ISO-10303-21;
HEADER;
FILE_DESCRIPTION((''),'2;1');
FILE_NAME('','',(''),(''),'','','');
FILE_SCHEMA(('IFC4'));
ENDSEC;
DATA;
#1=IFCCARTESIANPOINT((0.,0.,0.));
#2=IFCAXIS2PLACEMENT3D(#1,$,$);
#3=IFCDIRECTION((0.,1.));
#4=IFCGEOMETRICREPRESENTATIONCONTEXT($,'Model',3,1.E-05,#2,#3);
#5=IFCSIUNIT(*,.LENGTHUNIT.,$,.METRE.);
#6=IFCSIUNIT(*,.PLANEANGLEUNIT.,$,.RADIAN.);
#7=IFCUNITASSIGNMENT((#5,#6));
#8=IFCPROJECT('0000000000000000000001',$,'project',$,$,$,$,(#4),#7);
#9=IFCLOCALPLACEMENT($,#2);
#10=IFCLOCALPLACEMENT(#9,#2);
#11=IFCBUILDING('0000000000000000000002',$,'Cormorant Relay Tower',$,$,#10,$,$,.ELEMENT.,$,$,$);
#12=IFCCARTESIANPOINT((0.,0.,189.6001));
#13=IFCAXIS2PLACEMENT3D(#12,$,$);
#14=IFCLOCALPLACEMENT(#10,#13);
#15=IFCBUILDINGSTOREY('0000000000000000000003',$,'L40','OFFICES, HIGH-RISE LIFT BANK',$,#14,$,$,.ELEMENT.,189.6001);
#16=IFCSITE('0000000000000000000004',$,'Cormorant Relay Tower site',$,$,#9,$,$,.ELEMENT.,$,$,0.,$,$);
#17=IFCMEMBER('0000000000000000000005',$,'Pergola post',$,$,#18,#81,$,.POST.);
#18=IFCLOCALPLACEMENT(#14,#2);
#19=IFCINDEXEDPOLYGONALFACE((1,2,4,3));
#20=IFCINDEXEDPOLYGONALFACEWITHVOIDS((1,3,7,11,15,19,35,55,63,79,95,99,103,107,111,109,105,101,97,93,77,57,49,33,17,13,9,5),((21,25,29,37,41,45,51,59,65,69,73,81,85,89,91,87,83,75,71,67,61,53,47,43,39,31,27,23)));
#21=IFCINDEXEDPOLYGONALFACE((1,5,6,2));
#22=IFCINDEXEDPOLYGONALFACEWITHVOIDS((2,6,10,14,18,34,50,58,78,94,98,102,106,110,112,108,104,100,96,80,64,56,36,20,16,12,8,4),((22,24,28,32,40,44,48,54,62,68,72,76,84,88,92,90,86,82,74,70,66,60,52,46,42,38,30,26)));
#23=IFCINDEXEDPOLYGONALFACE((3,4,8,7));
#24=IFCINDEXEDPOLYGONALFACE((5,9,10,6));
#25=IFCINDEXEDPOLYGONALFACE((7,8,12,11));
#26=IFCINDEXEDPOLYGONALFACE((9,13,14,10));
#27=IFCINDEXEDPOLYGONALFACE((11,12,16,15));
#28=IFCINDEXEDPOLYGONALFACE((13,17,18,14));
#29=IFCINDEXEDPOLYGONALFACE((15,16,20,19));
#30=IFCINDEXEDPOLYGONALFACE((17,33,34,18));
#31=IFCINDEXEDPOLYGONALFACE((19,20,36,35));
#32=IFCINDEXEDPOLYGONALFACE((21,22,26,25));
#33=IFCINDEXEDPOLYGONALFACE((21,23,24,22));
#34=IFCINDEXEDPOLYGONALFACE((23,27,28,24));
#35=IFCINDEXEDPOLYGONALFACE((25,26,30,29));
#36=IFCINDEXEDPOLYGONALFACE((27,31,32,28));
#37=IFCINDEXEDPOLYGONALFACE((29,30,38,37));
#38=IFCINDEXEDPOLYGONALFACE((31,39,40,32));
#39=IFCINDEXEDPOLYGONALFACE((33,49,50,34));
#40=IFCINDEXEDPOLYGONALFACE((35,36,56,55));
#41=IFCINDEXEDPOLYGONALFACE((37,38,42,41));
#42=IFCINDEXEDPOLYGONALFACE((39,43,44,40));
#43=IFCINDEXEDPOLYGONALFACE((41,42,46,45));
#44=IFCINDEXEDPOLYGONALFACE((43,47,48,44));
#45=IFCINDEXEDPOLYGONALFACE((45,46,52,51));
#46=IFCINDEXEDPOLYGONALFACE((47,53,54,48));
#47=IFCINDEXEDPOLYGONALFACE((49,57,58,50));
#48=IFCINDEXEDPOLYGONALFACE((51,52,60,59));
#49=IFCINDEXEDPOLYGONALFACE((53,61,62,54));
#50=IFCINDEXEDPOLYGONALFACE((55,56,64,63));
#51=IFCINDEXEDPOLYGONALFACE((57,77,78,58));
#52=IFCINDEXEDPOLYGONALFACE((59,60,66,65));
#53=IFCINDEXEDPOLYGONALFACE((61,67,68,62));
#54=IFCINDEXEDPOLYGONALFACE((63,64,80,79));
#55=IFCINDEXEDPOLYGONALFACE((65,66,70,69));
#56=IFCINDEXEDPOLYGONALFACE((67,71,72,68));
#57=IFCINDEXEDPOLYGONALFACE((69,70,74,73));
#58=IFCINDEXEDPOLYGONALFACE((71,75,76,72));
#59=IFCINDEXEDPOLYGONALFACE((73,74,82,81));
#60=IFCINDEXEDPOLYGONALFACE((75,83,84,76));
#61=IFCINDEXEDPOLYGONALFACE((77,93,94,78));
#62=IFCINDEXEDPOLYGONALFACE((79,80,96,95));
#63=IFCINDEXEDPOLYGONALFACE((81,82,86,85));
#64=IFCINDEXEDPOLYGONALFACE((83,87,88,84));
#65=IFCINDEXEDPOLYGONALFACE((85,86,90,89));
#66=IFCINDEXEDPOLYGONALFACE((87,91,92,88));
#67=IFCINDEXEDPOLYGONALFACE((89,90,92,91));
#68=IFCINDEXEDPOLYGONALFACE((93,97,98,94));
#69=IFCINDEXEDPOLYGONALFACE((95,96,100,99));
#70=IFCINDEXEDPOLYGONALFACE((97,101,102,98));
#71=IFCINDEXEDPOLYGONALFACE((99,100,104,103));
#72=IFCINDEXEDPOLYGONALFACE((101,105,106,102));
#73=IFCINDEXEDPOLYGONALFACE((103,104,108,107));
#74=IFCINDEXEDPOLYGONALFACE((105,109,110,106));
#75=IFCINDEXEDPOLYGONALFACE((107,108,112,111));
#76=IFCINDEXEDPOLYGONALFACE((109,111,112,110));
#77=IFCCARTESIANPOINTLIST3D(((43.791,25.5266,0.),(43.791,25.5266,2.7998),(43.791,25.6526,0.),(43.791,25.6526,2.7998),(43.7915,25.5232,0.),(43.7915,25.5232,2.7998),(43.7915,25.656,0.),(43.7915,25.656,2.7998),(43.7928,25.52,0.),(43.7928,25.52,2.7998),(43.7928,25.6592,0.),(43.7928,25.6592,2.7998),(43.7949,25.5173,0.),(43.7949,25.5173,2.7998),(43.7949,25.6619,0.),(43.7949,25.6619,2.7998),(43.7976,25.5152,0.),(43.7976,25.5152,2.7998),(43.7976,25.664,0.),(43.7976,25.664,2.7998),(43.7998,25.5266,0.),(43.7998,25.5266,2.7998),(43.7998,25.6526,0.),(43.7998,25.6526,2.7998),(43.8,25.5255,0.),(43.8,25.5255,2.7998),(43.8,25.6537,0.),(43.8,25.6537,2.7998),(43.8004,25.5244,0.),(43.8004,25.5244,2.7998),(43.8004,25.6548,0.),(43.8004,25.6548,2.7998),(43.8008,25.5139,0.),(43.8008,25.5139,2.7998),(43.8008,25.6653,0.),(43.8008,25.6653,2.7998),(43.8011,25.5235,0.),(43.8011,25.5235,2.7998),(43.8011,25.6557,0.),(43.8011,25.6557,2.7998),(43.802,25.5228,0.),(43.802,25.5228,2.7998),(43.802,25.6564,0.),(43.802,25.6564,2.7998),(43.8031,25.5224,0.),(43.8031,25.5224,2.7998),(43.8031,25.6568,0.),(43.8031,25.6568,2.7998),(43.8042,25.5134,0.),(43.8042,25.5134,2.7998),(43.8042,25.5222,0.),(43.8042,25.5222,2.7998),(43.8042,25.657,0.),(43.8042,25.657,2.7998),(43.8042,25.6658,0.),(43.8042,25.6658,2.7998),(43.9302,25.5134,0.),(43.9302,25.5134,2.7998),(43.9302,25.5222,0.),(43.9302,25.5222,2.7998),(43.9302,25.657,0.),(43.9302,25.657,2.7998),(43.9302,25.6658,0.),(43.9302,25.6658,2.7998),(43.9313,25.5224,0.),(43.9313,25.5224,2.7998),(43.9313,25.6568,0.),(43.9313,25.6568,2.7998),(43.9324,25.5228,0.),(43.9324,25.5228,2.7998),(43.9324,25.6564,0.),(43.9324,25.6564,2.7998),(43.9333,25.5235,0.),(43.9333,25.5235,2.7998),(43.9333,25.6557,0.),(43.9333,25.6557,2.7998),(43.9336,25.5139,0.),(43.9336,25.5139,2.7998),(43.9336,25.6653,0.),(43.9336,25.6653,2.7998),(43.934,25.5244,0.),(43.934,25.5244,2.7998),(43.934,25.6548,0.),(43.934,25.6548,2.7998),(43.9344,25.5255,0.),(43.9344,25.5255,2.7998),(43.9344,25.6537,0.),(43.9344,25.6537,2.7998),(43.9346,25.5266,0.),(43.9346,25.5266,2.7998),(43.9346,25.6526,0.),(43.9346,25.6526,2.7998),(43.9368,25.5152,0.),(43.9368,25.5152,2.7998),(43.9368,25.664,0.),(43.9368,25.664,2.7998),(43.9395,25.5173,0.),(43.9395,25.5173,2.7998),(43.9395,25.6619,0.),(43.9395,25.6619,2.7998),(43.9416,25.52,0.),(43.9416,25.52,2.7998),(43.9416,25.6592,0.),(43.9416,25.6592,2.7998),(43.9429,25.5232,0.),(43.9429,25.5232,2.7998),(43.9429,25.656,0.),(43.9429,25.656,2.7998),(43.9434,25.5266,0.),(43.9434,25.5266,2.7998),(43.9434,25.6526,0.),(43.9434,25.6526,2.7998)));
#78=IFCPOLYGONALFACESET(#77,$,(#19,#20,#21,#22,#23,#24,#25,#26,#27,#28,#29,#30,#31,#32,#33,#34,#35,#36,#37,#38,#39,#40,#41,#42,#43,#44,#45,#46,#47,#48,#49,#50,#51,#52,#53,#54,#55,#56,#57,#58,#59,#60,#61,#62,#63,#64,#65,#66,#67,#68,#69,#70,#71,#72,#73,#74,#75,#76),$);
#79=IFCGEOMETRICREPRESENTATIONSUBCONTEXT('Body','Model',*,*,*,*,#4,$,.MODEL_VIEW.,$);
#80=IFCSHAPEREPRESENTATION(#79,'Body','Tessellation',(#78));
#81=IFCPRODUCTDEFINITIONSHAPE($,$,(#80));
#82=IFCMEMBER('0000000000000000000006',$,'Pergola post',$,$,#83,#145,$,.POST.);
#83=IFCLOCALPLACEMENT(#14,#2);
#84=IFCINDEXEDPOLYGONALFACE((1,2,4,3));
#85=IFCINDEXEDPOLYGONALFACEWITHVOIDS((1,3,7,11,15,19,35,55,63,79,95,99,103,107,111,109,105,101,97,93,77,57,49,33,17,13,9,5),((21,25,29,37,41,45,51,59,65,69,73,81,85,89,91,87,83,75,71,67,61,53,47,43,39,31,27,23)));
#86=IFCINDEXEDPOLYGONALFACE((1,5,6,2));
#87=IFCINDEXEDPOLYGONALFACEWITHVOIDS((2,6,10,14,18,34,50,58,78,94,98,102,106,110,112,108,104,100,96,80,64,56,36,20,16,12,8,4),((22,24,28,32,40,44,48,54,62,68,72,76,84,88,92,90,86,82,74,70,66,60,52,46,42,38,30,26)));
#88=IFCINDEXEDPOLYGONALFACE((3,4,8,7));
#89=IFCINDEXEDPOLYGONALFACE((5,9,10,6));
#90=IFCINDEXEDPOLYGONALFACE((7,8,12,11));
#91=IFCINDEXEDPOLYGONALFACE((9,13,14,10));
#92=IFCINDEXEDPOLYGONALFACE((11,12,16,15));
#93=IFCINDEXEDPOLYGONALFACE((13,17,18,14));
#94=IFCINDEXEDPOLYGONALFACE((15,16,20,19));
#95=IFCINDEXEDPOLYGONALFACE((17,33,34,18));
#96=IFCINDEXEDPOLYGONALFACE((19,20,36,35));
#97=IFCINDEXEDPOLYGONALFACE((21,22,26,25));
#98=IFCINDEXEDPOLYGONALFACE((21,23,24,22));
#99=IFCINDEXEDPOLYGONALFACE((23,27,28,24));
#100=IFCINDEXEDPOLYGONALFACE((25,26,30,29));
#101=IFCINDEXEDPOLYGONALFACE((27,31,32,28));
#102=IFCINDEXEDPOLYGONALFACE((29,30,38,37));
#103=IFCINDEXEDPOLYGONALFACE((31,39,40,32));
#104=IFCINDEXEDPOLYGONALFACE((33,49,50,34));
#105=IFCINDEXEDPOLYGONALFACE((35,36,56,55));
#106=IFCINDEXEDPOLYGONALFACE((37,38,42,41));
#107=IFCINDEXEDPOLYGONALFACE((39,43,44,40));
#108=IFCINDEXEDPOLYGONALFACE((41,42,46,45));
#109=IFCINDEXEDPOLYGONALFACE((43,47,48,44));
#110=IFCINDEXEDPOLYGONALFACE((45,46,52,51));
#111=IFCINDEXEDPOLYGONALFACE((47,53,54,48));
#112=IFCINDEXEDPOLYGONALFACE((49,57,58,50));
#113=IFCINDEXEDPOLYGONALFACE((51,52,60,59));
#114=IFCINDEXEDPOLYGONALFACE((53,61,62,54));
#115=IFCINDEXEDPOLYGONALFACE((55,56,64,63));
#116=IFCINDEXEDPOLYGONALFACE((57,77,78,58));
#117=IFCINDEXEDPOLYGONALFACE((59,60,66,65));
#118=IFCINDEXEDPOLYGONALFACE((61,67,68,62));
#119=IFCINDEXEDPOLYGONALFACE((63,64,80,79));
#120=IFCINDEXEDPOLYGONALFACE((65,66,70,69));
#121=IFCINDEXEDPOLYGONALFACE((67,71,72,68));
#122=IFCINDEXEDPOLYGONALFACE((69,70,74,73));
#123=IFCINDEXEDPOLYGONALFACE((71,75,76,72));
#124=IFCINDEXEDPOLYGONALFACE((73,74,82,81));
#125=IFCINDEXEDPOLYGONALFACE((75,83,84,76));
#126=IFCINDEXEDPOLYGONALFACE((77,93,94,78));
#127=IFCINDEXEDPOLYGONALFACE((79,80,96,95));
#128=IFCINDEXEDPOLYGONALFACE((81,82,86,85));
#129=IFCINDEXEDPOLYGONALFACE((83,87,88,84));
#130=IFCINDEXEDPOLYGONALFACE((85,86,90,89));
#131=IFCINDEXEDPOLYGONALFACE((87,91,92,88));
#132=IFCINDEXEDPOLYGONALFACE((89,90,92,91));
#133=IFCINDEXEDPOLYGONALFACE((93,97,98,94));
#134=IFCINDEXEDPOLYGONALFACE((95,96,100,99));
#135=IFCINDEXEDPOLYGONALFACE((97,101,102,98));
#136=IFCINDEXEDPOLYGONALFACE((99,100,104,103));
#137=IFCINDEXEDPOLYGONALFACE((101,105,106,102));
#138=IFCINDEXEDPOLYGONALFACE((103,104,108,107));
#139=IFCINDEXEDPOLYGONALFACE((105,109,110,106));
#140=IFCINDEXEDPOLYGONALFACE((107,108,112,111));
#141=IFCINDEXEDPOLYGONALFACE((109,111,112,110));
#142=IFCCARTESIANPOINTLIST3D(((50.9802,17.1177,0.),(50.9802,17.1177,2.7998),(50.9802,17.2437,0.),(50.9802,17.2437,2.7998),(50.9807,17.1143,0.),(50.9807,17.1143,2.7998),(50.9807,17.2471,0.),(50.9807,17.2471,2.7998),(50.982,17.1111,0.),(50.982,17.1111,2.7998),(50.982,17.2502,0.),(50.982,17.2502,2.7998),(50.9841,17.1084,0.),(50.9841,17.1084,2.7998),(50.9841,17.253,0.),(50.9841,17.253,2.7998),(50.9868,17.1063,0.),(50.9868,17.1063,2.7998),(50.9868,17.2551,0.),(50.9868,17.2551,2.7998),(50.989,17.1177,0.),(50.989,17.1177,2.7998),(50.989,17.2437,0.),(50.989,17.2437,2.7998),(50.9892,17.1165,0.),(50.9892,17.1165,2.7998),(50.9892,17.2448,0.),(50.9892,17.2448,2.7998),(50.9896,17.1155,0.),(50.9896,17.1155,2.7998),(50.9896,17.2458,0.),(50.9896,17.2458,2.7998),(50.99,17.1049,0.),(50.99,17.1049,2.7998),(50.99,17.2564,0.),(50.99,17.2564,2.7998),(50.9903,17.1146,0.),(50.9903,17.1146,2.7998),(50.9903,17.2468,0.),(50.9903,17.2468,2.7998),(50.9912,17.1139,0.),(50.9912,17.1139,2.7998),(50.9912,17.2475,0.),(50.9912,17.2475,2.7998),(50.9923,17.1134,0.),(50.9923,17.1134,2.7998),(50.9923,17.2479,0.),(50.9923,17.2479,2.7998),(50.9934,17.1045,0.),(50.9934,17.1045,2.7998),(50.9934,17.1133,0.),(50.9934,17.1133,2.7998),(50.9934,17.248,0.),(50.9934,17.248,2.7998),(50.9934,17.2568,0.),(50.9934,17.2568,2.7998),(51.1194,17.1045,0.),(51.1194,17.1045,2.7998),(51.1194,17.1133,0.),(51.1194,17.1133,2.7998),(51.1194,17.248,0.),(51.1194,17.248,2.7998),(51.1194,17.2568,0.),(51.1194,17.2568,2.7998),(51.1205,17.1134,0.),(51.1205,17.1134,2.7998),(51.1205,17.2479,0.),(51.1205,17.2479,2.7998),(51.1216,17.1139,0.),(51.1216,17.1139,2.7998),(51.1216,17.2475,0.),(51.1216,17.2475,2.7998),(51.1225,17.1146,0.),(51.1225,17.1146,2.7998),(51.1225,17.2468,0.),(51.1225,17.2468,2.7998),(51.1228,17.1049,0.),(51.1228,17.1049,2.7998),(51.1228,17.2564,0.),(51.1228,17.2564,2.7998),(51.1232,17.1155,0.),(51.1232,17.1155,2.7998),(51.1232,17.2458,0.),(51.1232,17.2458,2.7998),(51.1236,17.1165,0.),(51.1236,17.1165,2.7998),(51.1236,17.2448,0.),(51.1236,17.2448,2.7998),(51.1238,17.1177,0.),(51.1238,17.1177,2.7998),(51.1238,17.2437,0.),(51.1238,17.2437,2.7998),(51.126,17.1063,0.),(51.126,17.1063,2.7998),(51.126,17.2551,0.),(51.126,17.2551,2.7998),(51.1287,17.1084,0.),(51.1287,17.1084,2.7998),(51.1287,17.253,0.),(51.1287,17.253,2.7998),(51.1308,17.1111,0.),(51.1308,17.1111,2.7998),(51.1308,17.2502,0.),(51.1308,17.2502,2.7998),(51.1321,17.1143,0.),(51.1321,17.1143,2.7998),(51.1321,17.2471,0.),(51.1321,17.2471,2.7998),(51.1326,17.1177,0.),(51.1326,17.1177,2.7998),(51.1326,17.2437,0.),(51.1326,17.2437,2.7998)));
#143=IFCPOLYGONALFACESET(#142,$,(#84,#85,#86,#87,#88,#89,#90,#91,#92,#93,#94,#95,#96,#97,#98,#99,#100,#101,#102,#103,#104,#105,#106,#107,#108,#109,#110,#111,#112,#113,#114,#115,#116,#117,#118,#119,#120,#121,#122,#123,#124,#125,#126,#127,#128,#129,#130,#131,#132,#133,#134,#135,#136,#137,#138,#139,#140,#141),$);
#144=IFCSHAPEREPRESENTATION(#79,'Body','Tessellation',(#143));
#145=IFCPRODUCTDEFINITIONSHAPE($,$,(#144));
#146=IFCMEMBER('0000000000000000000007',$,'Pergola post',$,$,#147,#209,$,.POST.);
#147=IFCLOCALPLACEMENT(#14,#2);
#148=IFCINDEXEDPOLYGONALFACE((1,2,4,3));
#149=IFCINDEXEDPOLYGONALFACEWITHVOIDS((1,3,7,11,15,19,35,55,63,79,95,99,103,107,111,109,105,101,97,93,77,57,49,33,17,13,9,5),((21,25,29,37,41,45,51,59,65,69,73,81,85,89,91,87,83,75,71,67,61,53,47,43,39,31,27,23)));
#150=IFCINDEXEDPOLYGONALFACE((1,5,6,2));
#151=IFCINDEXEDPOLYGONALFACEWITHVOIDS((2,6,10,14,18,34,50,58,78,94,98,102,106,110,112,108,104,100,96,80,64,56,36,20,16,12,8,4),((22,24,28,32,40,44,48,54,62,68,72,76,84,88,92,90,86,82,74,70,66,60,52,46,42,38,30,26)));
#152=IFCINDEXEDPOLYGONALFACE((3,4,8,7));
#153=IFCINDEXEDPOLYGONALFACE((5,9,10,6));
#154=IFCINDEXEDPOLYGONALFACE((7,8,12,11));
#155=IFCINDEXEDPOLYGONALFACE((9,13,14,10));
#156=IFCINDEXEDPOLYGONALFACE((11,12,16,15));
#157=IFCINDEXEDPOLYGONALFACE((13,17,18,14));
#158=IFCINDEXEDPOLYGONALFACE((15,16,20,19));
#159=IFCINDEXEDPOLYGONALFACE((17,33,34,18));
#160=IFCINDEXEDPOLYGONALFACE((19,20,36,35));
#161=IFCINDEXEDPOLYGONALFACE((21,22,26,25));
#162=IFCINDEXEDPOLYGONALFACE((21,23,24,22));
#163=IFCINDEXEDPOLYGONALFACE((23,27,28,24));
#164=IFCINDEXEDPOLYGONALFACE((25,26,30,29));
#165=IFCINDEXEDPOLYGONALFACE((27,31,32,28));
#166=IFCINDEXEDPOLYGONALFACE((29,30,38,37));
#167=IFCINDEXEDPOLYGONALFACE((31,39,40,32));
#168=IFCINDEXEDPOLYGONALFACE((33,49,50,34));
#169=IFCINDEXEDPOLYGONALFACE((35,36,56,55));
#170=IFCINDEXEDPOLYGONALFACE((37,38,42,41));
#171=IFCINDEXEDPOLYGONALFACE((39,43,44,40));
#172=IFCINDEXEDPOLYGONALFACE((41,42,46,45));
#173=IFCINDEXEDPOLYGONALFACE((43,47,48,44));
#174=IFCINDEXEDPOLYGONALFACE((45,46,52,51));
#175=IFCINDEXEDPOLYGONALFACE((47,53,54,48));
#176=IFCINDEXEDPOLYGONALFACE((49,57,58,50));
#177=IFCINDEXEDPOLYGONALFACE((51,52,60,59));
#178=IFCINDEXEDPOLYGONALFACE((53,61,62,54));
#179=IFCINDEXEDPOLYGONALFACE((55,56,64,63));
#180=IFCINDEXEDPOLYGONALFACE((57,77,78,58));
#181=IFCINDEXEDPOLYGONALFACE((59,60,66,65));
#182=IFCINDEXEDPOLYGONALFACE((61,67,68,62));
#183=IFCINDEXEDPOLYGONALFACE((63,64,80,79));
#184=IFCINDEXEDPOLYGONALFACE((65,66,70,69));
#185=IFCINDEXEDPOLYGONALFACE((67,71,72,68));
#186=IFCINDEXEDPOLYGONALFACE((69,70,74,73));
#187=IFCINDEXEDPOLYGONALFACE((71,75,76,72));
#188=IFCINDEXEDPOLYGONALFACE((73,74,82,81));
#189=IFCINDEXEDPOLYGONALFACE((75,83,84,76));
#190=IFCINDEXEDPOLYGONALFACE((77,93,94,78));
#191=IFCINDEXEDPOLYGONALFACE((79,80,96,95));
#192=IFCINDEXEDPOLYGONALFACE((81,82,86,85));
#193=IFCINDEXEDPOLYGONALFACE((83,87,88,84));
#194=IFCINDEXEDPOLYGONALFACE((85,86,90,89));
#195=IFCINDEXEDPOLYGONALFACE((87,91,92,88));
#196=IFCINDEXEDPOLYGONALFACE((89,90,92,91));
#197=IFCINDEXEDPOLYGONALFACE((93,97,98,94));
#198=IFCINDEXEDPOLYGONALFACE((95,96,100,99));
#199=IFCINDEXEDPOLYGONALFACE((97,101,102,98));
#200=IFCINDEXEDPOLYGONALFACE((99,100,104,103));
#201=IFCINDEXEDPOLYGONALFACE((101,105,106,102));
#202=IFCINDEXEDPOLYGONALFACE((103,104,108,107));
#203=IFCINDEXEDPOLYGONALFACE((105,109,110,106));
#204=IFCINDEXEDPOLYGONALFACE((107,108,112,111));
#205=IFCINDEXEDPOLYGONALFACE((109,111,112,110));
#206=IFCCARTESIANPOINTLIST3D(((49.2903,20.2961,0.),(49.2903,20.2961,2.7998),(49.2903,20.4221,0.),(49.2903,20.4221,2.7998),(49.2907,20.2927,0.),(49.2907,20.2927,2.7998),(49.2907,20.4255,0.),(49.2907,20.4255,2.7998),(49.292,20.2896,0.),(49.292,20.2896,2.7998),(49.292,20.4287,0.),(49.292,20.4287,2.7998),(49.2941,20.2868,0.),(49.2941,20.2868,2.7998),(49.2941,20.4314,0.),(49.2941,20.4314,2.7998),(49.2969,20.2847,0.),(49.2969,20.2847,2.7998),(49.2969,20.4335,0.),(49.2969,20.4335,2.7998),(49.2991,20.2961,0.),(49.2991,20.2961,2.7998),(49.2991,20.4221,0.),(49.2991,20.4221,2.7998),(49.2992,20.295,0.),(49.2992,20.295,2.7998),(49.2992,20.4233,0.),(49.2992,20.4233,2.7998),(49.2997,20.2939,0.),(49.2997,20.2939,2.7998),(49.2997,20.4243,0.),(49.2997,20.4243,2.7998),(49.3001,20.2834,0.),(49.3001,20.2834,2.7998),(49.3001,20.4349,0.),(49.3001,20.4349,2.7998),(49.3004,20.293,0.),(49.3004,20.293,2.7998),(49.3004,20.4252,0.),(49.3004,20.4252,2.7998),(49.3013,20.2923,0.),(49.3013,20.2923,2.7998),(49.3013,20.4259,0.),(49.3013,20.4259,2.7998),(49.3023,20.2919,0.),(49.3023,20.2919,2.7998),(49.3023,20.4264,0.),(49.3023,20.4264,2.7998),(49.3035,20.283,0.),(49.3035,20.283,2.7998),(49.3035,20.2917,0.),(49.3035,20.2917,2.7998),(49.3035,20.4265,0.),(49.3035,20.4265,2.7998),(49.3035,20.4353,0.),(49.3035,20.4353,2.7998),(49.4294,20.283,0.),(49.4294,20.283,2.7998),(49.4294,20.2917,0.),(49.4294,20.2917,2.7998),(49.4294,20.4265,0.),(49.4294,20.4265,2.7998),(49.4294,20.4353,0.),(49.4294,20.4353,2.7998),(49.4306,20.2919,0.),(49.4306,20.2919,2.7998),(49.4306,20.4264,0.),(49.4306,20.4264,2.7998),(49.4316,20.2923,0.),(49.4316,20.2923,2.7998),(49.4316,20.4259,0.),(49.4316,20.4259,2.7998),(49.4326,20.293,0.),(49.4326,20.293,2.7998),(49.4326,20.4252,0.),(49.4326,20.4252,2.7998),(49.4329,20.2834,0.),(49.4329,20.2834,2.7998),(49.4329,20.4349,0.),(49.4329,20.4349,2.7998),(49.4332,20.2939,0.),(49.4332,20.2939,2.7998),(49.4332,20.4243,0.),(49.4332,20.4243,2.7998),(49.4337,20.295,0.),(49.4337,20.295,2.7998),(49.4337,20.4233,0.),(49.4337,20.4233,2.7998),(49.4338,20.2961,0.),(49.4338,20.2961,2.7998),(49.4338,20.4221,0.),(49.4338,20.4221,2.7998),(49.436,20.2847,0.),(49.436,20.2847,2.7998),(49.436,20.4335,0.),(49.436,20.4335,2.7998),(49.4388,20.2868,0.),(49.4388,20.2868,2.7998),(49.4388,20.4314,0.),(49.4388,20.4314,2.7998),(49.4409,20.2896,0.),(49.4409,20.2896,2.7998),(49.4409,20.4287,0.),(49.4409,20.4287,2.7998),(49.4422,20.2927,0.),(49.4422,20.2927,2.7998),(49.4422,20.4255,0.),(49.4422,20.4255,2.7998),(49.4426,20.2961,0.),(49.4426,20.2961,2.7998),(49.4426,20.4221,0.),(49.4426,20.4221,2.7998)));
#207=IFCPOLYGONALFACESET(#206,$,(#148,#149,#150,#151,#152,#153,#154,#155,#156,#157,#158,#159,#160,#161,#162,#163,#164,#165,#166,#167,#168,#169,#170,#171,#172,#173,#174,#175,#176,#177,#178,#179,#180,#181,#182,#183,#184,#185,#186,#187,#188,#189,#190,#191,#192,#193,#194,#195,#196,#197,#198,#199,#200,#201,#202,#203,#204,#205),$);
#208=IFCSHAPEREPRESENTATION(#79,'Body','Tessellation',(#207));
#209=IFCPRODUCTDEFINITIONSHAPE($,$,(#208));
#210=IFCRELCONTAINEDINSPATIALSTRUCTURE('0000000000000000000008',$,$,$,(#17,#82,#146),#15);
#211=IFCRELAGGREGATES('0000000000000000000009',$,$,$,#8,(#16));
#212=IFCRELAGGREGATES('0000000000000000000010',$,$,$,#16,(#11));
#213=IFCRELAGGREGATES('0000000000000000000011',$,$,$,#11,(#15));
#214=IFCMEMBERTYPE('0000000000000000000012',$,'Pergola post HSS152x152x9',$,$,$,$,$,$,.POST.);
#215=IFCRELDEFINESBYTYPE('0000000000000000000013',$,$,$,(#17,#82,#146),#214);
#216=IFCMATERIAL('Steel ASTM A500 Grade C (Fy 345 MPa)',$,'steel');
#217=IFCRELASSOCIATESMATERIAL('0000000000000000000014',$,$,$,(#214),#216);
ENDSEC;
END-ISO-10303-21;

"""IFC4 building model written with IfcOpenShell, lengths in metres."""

from ifc_helpers import new_model, si_unit, direction, frame, origin, origin_2d, place, context, subcontext, project, spatial, hollow_rectangle, extrude, material, material_profile, profile_set, type_object, element, save


model = new_model("IFC4")

# Units and contexts
model_context = context("Model", 3, precision=1e-05, world=origin(), true_north=direction((0.0, 1.0)))
body_context = subcontext(model_context, "Body", "Model", "MODEL_VIEW")
ifc_project = project(units=[si_unit("LENGTHUNIT", "METRE"), si_unit("PLANEANGLEUNIT", "RADIAN")], contexts=[model_context])

# Site, building, storey
site_placement = place(None, origin())
site = spatial("IfcSite", under=ifc_project, at=site_placement, Name="Cormorant Relay Tower site", CompositionType="ELEMENT", RefElevation=0.0)
building_placement = place(site_placement, origin())
building = spatial("IfcBuilding", under=site, at=building_placement, Name="Cormorant Relay Tower", CompositionType="ELEMENT")
storey_placement = place(building_placement, frame((0.0, 0.0, 189.6001)))
storey = spatial("IfcBuildingStorey", under=building, at=storey_placement, Name="L40", Description="OFFICES, HIGH-RISE LIFT BANK", CompositionType="ELEMENT", Elevation=189.6001)

# Members
ifc_material_1 = material(Name="Steel ASTM A500 Grade C (Fy 345 MPa)", Category="steel")
ifc_material_profile_1 = material_profile(ifc_material_1, hollow_rectangle(XDim=0.1523, YDim=0.1523, WallThickness=0.0088, InnerFilletRadius=0.0044, OuterFilletRadius=0.0132, at=origin_2d()), Name="HSS152x152x9")
ifc_profile_set_1 = profile_set([ifc_material_profile_1], Name="Steel ASTM A500 Grade C (Fy 345 MPa)")
member_type_1 = type_object("IfcMemberType", Name="Pergola post HSS152x152x9", PredefinedType="POST", material=ifc_profile_set_1)
for number, where, z_axis, x_axis, name in (
    (1, (43.8672, 25.5896, 0.0), (0.0, 0.0, 1.0), (1.0, 0.0, 0.0), "Pergola post"),
    (2, (51.0564, 17.1807, 0.0), (0.0, 0.0, 1.0), (1.0, 0.0, 0.0), "Pergola post"),
    (3, (49.3665, 20.3591, 0.0), (0.0, 0.0, 1.0), (1.0, 0.0, 0.0), "Pergola post"),
):
    element("IfcMember", number, at=place(storey_placement, frame(where, z_axis=z_axis, x_axis=x_axis)), inside=storey, type_object=member_type_1, Name=name, PredefinedType="POST", context=body_context, shape_type="SweptSolid", body=[
        extrude(hollow_rectangle(XDim=0.1523, YDim=0.1523, WallThickness=0.0088, InnerFilletRadius=0.0044, OuterFilletRadius=0.0132, at=origin_2d()), origin(), (0.0, 0.0, 1.0), 2.7998),
    ])

save(model, "model.ifc")
